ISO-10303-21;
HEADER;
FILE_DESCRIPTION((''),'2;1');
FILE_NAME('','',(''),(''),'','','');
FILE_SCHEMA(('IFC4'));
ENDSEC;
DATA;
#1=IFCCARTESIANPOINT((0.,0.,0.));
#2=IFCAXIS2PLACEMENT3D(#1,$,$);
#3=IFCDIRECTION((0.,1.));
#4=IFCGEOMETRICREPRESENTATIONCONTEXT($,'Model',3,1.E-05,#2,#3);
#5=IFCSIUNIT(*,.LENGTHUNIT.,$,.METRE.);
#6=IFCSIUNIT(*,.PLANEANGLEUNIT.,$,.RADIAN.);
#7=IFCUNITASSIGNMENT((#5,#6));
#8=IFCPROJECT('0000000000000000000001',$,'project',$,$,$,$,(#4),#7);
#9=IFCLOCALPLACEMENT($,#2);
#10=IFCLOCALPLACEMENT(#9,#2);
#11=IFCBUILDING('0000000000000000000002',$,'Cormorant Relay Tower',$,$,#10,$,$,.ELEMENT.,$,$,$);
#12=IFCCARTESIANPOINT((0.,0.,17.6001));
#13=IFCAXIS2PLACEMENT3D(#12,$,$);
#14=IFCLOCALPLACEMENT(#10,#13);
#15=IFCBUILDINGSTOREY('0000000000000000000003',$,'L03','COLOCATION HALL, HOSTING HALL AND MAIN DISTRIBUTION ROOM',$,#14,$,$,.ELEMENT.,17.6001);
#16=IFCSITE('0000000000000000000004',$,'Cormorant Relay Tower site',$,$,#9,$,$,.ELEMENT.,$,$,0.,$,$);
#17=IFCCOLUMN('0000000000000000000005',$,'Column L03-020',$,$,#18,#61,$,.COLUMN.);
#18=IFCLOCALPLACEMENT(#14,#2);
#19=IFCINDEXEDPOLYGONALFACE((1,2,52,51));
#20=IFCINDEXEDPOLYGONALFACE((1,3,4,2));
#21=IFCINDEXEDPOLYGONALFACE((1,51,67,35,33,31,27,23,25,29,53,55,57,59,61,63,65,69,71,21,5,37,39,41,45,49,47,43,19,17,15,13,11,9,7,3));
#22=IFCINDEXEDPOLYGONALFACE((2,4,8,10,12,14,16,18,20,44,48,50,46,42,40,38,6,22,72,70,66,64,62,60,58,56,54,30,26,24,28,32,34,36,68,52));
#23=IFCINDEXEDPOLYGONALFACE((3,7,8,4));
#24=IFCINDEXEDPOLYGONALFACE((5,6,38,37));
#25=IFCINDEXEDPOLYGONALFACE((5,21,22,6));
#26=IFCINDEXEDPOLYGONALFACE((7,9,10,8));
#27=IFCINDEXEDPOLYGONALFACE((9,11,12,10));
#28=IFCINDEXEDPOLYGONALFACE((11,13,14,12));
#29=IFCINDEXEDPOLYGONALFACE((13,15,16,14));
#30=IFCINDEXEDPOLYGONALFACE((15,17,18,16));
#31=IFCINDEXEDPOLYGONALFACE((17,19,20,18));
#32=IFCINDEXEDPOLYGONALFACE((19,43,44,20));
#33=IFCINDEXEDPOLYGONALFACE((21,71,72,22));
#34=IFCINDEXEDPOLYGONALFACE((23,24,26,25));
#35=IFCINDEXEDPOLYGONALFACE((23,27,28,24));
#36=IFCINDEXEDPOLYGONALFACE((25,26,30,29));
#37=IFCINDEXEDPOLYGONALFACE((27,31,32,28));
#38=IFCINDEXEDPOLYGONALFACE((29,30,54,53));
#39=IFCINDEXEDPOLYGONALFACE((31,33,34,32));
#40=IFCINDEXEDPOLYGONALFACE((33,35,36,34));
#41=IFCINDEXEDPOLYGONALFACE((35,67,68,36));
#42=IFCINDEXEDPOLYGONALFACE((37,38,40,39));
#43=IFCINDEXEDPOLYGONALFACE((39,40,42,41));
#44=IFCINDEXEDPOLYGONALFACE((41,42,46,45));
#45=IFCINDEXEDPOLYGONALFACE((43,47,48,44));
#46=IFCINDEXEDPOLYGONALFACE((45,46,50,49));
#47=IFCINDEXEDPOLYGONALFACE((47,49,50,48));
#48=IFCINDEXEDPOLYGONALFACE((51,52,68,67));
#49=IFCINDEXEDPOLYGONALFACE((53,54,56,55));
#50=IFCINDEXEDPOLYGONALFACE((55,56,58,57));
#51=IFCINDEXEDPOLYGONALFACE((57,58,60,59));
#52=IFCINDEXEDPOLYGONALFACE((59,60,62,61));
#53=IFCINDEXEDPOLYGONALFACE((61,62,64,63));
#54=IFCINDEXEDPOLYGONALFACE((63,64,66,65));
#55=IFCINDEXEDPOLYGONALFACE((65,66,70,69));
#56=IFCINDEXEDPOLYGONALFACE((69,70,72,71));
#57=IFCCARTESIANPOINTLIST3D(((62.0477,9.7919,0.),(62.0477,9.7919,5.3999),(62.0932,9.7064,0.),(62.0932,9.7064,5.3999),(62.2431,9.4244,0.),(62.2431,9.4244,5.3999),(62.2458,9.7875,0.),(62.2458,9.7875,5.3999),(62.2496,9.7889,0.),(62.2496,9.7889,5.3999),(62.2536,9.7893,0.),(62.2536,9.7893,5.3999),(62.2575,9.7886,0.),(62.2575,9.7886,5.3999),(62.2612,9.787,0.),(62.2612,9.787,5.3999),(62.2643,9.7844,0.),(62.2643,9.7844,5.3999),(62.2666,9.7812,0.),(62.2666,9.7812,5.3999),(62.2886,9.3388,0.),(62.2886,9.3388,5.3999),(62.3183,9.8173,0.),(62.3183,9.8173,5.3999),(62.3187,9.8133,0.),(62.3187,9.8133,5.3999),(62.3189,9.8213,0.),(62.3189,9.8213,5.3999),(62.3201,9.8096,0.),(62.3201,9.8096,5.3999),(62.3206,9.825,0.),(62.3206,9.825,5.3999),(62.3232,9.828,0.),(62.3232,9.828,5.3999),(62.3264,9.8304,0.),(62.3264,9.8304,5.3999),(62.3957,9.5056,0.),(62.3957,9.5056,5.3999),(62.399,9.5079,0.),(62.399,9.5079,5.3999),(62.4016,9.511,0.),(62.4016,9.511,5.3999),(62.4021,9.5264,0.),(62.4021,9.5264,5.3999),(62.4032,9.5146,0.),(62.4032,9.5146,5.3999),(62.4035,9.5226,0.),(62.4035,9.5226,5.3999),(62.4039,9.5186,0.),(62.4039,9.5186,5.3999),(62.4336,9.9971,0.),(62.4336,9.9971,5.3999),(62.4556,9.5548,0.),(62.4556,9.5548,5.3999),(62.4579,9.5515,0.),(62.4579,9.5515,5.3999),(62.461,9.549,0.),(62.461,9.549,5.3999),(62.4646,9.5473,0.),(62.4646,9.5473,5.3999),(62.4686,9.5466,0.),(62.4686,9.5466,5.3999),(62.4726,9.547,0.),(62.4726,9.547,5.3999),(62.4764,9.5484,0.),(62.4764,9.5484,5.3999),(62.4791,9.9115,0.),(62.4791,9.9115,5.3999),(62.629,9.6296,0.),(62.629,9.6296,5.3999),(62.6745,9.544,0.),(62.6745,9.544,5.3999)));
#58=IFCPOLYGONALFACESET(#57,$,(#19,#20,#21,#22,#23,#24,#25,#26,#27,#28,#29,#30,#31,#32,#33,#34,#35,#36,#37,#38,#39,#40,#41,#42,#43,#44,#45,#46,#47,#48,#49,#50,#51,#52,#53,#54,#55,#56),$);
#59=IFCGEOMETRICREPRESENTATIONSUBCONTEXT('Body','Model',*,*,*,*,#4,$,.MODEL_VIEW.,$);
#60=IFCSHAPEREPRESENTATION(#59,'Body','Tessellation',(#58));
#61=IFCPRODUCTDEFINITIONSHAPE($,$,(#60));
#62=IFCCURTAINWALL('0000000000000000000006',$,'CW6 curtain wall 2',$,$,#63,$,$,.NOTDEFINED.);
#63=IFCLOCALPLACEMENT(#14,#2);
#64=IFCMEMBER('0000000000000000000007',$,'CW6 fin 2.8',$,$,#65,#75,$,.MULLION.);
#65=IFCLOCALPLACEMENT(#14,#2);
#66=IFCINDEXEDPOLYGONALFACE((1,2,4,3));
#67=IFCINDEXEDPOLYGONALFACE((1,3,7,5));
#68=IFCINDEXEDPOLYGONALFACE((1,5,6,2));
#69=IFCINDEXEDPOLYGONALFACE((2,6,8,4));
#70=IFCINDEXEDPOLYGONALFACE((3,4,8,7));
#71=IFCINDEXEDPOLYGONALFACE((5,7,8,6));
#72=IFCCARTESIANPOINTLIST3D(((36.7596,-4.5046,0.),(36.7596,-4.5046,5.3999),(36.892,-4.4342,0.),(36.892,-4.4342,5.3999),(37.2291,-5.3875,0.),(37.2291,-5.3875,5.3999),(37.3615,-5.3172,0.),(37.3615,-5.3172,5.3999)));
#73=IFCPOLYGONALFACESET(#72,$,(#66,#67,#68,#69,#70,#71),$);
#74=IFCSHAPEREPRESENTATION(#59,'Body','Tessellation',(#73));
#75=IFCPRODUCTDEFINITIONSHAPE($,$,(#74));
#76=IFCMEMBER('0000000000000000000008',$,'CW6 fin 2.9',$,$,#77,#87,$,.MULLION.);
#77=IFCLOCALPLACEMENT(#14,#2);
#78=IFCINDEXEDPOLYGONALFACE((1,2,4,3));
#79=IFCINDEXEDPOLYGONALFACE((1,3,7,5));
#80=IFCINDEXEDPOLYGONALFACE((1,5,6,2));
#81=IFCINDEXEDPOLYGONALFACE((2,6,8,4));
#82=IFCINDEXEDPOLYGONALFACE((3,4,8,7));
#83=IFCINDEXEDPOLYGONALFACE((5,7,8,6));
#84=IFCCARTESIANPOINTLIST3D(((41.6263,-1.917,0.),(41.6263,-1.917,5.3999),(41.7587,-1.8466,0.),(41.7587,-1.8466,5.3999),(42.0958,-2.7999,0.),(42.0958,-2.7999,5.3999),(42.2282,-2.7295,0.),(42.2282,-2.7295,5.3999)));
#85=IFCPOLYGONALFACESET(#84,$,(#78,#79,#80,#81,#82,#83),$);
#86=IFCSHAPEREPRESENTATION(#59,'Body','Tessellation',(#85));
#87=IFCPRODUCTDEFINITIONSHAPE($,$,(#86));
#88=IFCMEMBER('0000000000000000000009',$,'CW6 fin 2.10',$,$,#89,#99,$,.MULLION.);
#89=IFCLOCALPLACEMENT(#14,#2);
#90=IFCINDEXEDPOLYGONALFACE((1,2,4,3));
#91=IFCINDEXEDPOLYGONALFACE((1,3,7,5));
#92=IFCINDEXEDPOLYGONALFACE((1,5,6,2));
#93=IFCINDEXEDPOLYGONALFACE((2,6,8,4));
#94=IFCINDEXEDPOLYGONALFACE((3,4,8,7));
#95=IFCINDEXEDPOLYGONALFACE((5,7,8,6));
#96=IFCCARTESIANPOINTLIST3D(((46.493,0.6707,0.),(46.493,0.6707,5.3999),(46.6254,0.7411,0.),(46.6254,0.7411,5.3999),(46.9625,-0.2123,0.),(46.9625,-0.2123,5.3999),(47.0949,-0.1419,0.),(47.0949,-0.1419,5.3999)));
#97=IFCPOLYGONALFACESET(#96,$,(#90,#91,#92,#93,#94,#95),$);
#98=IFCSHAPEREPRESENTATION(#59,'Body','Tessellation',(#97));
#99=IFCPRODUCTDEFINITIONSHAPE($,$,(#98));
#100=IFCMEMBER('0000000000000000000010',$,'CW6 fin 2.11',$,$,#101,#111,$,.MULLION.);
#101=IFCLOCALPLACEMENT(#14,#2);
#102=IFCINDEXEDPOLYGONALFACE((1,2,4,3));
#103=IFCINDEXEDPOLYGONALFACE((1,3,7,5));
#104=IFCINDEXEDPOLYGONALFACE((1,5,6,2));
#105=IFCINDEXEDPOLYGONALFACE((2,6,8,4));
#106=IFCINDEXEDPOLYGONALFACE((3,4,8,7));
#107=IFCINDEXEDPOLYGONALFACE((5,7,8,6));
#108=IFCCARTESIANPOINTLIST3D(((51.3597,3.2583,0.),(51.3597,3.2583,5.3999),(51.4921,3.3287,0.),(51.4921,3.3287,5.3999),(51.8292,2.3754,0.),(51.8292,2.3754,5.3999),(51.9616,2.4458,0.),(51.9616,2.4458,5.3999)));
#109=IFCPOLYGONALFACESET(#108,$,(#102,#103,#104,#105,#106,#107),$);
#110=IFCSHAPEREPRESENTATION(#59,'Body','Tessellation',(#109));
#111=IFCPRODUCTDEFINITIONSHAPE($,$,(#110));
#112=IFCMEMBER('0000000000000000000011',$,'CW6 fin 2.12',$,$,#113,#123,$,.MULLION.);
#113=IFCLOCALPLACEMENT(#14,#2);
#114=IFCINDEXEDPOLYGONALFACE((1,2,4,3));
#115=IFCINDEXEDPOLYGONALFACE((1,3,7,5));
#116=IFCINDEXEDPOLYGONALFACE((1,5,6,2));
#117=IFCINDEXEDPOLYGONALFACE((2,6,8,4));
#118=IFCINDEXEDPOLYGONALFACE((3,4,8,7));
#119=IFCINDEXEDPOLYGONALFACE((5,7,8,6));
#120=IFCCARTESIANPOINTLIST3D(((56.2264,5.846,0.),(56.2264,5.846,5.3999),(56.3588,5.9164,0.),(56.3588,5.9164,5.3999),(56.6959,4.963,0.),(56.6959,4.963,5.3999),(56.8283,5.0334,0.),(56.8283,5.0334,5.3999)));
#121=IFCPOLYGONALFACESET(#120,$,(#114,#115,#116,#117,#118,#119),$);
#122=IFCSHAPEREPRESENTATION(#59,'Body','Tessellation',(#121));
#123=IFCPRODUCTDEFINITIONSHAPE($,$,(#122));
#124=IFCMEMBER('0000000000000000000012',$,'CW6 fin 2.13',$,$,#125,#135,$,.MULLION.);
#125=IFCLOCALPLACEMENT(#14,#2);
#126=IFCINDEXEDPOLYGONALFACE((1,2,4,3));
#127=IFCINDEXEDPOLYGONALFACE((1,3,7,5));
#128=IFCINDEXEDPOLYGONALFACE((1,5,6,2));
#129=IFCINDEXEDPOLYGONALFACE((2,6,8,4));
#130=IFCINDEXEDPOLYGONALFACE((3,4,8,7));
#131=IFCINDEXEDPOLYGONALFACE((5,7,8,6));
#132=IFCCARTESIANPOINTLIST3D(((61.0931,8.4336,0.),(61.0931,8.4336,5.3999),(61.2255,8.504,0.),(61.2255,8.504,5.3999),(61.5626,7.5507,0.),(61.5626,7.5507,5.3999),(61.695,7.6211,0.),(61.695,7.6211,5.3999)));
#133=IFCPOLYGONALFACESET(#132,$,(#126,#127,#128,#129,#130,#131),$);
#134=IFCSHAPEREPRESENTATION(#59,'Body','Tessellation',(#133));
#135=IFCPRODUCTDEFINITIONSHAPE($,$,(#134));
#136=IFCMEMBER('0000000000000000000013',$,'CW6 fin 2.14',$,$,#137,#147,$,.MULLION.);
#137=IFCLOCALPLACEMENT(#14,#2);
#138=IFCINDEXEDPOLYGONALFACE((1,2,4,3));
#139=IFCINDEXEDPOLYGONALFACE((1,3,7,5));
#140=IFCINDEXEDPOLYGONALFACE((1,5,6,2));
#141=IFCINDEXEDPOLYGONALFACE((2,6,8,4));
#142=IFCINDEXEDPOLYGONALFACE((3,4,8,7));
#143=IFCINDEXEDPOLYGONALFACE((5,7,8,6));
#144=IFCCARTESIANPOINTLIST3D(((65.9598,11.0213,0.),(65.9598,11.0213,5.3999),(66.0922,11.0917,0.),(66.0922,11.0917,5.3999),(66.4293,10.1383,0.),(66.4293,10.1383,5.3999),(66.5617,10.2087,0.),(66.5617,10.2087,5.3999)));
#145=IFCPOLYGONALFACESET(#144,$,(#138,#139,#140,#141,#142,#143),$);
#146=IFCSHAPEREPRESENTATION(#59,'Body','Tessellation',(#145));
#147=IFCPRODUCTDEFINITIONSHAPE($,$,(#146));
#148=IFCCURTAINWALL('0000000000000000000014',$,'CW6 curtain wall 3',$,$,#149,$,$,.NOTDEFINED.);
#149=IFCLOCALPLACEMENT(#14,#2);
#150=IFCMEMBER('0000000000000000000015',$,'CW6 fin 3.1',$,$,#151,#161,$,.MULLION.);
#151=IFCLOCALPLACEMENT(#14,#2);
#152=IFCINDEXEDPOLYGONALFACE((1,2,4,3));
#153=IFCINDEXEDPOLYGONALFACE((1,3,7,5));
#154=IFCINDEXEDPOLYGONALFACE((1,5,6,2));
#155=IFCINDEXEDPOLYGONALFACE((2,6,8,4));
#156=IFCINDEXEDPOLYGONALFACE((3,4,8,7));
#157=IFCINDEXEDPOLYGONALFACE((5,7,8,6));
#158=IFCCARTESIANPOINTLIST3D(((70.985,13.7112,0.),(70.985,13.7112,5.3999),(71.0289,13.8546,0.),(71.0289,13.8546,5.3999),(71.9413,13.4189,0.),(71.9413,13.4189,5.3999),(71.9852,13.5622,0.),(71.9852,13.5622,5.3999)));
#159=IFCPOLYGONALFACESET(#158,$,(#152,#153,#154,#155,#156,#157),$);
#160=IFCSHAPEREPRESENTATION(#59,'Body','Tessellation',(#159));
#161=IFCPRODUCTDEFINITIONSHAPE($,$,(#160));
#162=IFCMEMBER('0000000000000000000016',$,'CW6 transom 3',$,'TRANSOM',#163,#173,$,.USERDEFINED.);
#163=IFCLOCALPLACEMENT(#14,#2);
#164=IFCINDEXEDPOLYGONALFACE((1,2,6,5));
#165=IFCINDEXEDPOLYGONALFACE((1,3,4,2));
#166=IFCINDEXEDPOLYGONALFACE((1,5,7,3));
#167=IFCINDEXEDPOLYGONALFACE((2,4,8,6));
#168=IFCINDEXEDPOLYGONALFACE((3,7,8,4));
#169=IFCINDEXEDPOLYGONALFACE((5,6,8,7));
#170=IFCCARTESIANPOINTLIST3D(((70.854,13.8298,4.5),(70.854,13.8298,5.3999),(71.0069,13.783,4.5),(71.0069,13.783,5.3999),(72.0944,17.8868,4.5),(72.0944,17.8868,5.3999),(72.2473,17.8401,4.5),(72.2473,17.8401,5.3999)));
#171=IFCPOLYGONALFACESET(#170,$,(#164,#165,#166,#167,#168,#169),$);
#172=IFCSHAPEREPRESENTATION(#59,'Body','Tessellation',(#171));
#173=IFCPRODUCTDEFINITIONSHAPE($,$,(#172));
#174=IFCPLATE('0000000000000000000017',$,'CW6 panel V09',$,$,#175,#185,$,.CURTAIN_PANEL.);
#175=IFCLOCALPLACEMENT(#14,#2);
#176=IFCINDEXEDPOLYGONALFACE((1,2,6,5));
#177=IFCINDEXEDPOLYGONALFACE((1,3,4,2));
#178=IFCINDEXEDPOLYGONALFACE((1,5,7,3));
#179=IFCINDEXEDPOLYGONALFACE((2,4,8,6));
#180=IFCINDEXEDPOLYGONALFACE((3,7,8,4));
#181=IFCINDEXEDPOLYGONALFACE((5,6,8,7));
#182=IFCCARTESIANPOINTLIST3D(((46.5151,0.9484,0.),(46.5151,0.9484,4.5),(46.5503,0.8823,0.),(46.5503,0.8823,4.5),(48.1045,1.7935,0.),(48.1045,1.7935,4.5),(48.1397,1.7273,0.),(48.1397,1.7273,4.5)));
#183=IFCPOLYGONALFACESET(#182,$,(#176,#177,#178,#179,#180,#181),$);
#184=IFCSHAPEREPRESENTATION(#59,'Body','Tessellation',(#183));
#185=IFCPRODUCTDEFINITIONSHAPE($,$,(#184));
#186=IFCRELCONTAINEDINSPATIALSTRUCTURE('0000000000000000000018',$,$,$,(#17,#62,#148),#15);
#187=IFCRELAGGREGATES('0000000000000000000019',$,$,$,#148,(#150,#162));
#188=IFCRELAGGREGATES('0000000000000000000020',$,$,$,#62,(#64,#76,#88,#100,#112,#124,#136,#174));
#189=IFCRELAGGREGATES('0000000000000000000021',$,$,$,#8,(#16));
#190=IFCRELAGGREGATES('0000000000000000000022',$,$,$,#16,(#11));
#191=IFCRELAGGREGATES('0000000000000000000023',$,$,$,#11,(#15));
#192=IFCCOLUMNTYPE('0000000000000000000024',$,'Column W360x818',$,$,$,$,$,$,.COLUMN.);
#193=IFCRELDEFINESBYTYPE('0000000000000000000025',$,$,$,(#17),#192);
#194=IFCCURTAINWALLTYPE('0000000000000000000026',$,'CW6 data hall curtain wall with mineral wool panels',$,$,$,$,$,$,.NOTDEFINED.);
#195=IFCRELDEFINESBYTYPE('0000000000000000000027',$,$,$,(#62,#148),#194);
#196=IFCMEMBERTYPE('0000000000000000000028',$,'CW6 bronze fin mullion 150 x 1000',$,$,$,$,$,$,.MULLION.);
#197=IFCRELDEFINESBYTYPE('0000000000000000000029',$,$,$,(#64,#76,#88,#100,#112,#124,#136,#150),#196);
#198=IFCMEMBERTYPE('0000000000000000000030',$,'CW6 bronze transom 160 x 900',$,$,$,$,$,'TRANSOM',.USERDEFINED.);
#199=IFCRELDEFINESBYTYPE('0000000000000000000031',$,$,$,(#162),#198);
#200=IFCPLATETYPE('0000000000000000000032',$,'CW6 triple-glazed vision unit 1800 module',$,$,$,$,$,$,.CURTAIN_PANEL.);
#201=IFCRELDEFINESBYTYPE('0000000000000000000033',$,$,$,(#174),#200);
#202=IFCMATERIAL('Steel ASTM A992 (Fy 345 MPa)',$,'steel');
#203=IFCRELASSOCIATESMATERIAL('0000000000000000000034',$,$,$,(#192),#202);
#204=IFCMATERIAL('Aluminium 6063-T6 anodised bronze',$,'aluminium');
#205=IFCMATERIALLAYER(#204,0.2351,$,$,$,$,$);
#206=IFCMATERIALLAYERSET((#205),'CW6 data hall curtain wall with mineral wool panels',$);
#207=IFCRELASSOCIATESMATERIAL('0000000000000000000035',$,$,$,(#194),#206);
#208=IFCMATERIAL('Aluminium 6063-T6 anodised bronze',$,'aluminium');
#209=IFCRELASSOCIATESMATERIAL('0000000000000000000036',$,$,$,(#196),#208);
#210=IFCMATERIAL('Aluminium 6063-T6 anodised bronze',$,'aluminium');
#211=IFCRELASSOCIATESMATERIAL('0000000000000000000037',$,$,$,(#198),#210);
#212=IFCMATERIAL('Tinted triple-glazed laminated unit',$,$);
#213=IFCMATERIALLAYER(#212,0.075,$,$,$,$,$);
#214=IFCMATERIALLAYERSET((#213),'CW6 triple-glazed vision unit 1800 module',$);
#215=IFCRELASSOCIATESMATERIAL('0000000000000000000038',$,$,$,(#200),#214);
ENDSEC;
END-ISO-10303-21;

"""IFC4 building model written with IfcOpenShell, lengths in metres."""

from ifc_helpers import new_model, si_unit, direction, frame, origin, origin_2d, place, context, subcontext, project, spatial, rectangle, i_section, extrude, material, layer, layer_set, material_profile, profile_set, type_object, element, aggregate, save


model = new_model("IFC4")

# Units and contexts
model_context = context("Model", 3, precision=1e-05, world=origin(), true_north=direction((0.0, 1.0)))
body_context = subcontext(model_context, "Body", "Model", "MODEL_VIEW")
ifc_project = project(units=[si_unit("LENGTHUNIT", "METRE"), si_unit("PLANEANGLEUNIT", "RADIAN")], contexts=[model_context])

# Site, building, storey
site_placement = place(None, origin())
site = spatial("IfcSite", under=ifc_project, at=site_placement, Name="Cormorant Relay Tower site", CompositionType="ELEMENT", RefElevation=0.0)
building_placement = place(site_placement, origin())
building = spatial("IfcBuilding", under=site, at=building_placement, Name="Cormorant Relay Tower", CompositionType="ELEMENT")
storey_placement = place(building_placement, frame((0.0, 0.0, 17.6001)))
storey = spatial("IfcBuildingStorey", under=building, at=storey_placement, Name="L03", Description="COLOCATION HALL, HOSTING HALL AND MAIN DISTRIBUTION ROOM", CompositionType="ELEMENT", Elevation=17.6001)

# Column
ifc_material_1 = material(Name="Steel ASTM A992 (Fy 345 MPa)", Category="steel")
ifc_material_profile_1 = material_profile(ifc_material_1, i_section(OverallWidth=0.437, OverallDepth=0.5132, WebThickness=0.0605, FlangeThickness=0.0969, FilletRadius=0.0154, at=origin_2d()), Name="W360x818")
ifc_profile_set_1 = profile_set([ifc_material_profile_1], Name="Steel ASTM A992 (Fy 345 MPa)")
column_type_1 = type_object("IfcColumnType", Name="Column W360x818", PredefinedType="COLUMN", material=ifc_profile_set_1)
for number, where, z_axis, x_axis, name in (
    (1, (62.3611, 9.668, 0.0), (0.0, 0.0, 1.0), (0.882948, 0.469472, 0.0), "Column L03-020"),
):
    element("IfcColumn", number, at=place(storey_placement, frame(where, z_axis=z_axis, x_axis=x_axis)), inside=storey, type_object=column_type_1, Name=name, PredefinedType="COLUMN", context=body_context, shape_type="SweptSolid", body=[
        extrude(i_section(OverallWidth=0.437, OverallDepth=0.5132, WebThickness=0.0605, FlangeThickness=0.0969, FilletRadius=0.0154, at=origin_2d()), origin(), (0.0, 0.0, 1.0), 5.3999),
    ])

# Curtain walls, members
ifc_material_2 = material(Name="Aluminium 6063-T6 anodised bronze", Category="aluminium")
ifc_layer_1 = layer(ifc_material_2, 0.2351)
ifc_layer_set_1 = layer_set([ifc_layer_1], Name="CW6 data hall curtain wall with mineral wool panels")
curtain_wall_type = type_object("IfcCurtainWallType", Name="CW6 data hall curtain wall with mineral wool panels", PredefinedType="NOTDEFINED", material=ifc_layer_set_1)
curtain_wall_1_placement = place(storey_placement, origin())
curtain_wall_1 = element("IfcCurtainWall", 2, at=curtain_wall_1_placement, inside=storey, type_object=curtain_wall_type, Name="CW6 curtain wall 2", PredefinedType="NOTDEFINED")
ifc_material_3 = material(Name="Aluminium 6063-T6 anodised bronze", Category="aluminium")
ifc_material_profile_2 = material_profile(ifc_material_3, rectangle(XDim=0.1499, YDim=1.0, at=origin_2d()), Name="AL 150x1000")
ifc_profile_set_2 = profile_set([ifc_material_profile_2], Name="Aluminium 6063-T6 anodised bronze")
member_type_1 = type_object("IfcMemberType", Name="CW6 bronze fin mullion 150 x 1000", PredefinedType="MULLION", material=ifc_profile_set_2)
member_1_placement = place(storey_placement, frame((37.0605, -4.9109, 0.0), z_axis=(0.0, 0.0, 1.0), x_axis=(0.882948, 0.469472, 0.0)))
member_1 = element("IfcMember", 3, at=member_1_placement, type_object=member_type_1, Name="CW6 fin 2.8", PredefinedType="MULLION", context=body_context, shape_type="SweptSolid", body=[
    extrude(rectangle(XDim=0.1499, YDim=1.0, at=origin_2d()), origin(), (0.0, 0.0, 1.0), 5.3999),
])
member_2_placement = place(storey_placement, frame((41.9272, -2.3232, 0.0), z_axis=(0.0, 0.0, 1.0), x_axis=(0.882948, 0.469472, 0.0)))
member_2 = element("IfcMember", 4, at=member_2_placement, type_object=member_type_1, Name="CW6 fin 2.9", PredefinedType="MULLION", context=body_context, shape_type="SweptSolid", body=[
    extrude(rectangle(XDim=0.1499, YDim=1.0, at=origin_2d()), origin(), (0.0, 0.0, 1.0), 5.3999),
])
member_3_placement = place(storey_placement, frame((46.7939, 0.2644, 0.0), z_axis=(0.0, 0.0, 1.0), x_axis=(0.882948, 0.469472, 0.0)))
member_3 = element("IfcMember", 5, at=member_3_placement, type_object=member_type_1, Name="CW6 fin 2.10", PredefinedType="MULLION", context=body_context, shape_type="SweptSolid", body=[
    extrude(rectangle(XDim=0.1499, YDim=1.0, at=origin_2d()), origin(), (0.0, 0.0, 1.0), 5.3999),
])
member_4_placement = place(storey_placement, frame((51.6606, 2.8521, 0.0), z_axis=(0.0, 0.0, 1.0), x_axis=(0.882948, 0.469472, 0.0)))
member_4 = element("IfcMember", 6, at=member_4_placement, type_object=member_type_1, Name="CW6 fin 2.11", PredefinedType="MULLION", context=body_context, shape_type="SweptSolid", body=[
    extrude(rectangle(XDim=0.1499, YDim=1.0, at=origin_2d()), origin(), (0.0, 0.0, 1.0), 5.3999),
])
member_5_placement = place(storey_placement, frame((56.5273, 5.4397, 0.0), z_axis=(0.0, 0.0, 1.0), x_axis=(0.882948, 0.469472, 0.0)))
member_5 = element("IfcMember", 7, at=member_5_placement, type_object=member_type_1, Name="CW6 fin 2.12", PredefinedType="MULLION", context=body_context, shape_type="SweptSolid", body=[
    extrude(rectangle(XDim=0.1499, YDim=1.0, at=origin_2d()), origin(), (0.0, 0.0, 1.0), 5.3999),
])
member_6_placement = place(storey_placement, frame((61.394, 8.0273, 0.0), z_axis=(0.0, 0.0, 1.0), x_axis=(0.882948, 0.469472, 0.0)))
member_6 = element("IfcMember", 8, at=member_6_placement, type_object=member_type_1, Name="CW6 fin 2.13", PredefinedType="MULLION", context=body_context, shape_type="SweptSolid", body=[
    extrude(rectangle(XDim=0.1499, YDim=1.0, at=origin_2d()), origin(), (0.0, 0.0, 1.0), 5.3999),
])
member_7_placement = place(storey_placement, frame((66.2607, 10.615, 0.0), z_axis=(0.0, 0.0, 1.0), x_axis=(0.882948, 0.469472, 0.0)))
member_7 = element("IfcMember", 9, at=member_7_placement, type_object=member_type_1, Name="CW6 fin 2.14", PredefinedType="MULLION", context=body_context, shape_type="SweptSolid", body=[
    extrude(rectangle(XDim=0.1499, YDim=1.0, at=origin_2d()), origin(), (0.0, 0.0, 1.0), 5.3999),
])
curtain_wall_2_placement = place(storey_placement, origin())
curtain_wall_2 = element("IfcCurtainWall", 10, at=curtain_wall_2_placement, inside=storey, type_object=curtain_wall_type, Name="CW6 curtain wall 3", PredefinedType="NOTDEFINED")
member_8_placement = place(storey_placement, frame((71.4851, 13.6367, 0.0), z_axis=(0.0, 0.0, 1.0), x_axis=(0.292372, 0.956305, 0.0)))
member_8 = element("IfcMember", 11, at=member_8_placement, type_object=member_type_1, Name="CW6 fin 3.1", PredefinedType="MULLION", context=body_context, shape_type="SweptSolid", body=[
    extrude(rectangle(XDim=0.1499, YDim=1.0, at=origin_2d()), origin(), (0.0, 0.0, 1.0), 5.3999),
])
ifc_material_4 = material(Name="Aluminium 6063-T6 anodised bronze", Category="aluminium")
ifc_material_profile_3 = material_profile(ifc_material_4, rectangle(XDim=0.1599, YDim=0.8999, at=origin_2d()), Name="AL 160x900")
ifc_profile_set_3 = profile_set([ifc_material_profile_3], Name="Aluminium 6063-T6 anodised bronze")
member_type_2 = type_object("IfcMemberType", Name="CW6 bronze transom 160 x 900", ElementType="TRANSOM", PredefinedType="USERDEFINED", material=ifc_profile_set_3)
member_9_placement = place(storey_placement, frame((70.9304, 13.8064, 4.95), z_axis=(0.292391, 0.956299, 0.0), x_axis=(-0.956299, 0.292391, 0.0)))
member_9 = element("IfcMember", 12, at=member_9_placement, type_object=member_type_2, Name="CW6 transom 3", ObjectType="TRANSOM", PredefinedType="USERDEFINED", context=body_context, shape_type="SweptSolid", body=[
    extrude(rectangle(XDim=0.1599, YDim=0.8999, at=origin_2d()), origin(), (0.0, 0.0, 1.0), 4.2424),
])
aggregate(curtain_wall_2, [member_8, member_9])

# Plate
ifc_material_5 = material(Name="Tinted triple-glazed laminated unit")
ifc_layer_2 = layer(ifc_material_5, 0.075)
ifc_layer_set_2 = layer_set([ifc_layer_2], Name="CW6 triple-glazed vision unit 1800 module")
plate_type_1 = type_object("IfcPlateType", Name="CW6 triple-glazed vision unit 1800 module", PredefinedType="CURTAIN_PANEL", material=ifc_layer_set_2)
plate_1_placement = place(storey_placement, frame((47.3274, 1.3379, 0.0), z_axis=(0.0, 0.0, 1.0), x_axis=(0.882948, 0.469472, 0.0)))
plate_1 = element("IfcPlate", 13, at=plate_1_placement, type_object=plate_type_1, Name="CW6 panel V09", PredefinedType="CURTAIN_PANEL", context=body_context, shape_type="SweptSolid", body=[
    extrude(rectangle(XDim=1.8, YDim=0.075, at=origin_2d()), origin(), (0.0, 0.0, 1.0), 4.5),
])

aggregate(curtain_wall_1, [member_1, member_2, member_3, member_4, member_5, member_6, member_7, plate_1])

save(model, "model.ifc")
